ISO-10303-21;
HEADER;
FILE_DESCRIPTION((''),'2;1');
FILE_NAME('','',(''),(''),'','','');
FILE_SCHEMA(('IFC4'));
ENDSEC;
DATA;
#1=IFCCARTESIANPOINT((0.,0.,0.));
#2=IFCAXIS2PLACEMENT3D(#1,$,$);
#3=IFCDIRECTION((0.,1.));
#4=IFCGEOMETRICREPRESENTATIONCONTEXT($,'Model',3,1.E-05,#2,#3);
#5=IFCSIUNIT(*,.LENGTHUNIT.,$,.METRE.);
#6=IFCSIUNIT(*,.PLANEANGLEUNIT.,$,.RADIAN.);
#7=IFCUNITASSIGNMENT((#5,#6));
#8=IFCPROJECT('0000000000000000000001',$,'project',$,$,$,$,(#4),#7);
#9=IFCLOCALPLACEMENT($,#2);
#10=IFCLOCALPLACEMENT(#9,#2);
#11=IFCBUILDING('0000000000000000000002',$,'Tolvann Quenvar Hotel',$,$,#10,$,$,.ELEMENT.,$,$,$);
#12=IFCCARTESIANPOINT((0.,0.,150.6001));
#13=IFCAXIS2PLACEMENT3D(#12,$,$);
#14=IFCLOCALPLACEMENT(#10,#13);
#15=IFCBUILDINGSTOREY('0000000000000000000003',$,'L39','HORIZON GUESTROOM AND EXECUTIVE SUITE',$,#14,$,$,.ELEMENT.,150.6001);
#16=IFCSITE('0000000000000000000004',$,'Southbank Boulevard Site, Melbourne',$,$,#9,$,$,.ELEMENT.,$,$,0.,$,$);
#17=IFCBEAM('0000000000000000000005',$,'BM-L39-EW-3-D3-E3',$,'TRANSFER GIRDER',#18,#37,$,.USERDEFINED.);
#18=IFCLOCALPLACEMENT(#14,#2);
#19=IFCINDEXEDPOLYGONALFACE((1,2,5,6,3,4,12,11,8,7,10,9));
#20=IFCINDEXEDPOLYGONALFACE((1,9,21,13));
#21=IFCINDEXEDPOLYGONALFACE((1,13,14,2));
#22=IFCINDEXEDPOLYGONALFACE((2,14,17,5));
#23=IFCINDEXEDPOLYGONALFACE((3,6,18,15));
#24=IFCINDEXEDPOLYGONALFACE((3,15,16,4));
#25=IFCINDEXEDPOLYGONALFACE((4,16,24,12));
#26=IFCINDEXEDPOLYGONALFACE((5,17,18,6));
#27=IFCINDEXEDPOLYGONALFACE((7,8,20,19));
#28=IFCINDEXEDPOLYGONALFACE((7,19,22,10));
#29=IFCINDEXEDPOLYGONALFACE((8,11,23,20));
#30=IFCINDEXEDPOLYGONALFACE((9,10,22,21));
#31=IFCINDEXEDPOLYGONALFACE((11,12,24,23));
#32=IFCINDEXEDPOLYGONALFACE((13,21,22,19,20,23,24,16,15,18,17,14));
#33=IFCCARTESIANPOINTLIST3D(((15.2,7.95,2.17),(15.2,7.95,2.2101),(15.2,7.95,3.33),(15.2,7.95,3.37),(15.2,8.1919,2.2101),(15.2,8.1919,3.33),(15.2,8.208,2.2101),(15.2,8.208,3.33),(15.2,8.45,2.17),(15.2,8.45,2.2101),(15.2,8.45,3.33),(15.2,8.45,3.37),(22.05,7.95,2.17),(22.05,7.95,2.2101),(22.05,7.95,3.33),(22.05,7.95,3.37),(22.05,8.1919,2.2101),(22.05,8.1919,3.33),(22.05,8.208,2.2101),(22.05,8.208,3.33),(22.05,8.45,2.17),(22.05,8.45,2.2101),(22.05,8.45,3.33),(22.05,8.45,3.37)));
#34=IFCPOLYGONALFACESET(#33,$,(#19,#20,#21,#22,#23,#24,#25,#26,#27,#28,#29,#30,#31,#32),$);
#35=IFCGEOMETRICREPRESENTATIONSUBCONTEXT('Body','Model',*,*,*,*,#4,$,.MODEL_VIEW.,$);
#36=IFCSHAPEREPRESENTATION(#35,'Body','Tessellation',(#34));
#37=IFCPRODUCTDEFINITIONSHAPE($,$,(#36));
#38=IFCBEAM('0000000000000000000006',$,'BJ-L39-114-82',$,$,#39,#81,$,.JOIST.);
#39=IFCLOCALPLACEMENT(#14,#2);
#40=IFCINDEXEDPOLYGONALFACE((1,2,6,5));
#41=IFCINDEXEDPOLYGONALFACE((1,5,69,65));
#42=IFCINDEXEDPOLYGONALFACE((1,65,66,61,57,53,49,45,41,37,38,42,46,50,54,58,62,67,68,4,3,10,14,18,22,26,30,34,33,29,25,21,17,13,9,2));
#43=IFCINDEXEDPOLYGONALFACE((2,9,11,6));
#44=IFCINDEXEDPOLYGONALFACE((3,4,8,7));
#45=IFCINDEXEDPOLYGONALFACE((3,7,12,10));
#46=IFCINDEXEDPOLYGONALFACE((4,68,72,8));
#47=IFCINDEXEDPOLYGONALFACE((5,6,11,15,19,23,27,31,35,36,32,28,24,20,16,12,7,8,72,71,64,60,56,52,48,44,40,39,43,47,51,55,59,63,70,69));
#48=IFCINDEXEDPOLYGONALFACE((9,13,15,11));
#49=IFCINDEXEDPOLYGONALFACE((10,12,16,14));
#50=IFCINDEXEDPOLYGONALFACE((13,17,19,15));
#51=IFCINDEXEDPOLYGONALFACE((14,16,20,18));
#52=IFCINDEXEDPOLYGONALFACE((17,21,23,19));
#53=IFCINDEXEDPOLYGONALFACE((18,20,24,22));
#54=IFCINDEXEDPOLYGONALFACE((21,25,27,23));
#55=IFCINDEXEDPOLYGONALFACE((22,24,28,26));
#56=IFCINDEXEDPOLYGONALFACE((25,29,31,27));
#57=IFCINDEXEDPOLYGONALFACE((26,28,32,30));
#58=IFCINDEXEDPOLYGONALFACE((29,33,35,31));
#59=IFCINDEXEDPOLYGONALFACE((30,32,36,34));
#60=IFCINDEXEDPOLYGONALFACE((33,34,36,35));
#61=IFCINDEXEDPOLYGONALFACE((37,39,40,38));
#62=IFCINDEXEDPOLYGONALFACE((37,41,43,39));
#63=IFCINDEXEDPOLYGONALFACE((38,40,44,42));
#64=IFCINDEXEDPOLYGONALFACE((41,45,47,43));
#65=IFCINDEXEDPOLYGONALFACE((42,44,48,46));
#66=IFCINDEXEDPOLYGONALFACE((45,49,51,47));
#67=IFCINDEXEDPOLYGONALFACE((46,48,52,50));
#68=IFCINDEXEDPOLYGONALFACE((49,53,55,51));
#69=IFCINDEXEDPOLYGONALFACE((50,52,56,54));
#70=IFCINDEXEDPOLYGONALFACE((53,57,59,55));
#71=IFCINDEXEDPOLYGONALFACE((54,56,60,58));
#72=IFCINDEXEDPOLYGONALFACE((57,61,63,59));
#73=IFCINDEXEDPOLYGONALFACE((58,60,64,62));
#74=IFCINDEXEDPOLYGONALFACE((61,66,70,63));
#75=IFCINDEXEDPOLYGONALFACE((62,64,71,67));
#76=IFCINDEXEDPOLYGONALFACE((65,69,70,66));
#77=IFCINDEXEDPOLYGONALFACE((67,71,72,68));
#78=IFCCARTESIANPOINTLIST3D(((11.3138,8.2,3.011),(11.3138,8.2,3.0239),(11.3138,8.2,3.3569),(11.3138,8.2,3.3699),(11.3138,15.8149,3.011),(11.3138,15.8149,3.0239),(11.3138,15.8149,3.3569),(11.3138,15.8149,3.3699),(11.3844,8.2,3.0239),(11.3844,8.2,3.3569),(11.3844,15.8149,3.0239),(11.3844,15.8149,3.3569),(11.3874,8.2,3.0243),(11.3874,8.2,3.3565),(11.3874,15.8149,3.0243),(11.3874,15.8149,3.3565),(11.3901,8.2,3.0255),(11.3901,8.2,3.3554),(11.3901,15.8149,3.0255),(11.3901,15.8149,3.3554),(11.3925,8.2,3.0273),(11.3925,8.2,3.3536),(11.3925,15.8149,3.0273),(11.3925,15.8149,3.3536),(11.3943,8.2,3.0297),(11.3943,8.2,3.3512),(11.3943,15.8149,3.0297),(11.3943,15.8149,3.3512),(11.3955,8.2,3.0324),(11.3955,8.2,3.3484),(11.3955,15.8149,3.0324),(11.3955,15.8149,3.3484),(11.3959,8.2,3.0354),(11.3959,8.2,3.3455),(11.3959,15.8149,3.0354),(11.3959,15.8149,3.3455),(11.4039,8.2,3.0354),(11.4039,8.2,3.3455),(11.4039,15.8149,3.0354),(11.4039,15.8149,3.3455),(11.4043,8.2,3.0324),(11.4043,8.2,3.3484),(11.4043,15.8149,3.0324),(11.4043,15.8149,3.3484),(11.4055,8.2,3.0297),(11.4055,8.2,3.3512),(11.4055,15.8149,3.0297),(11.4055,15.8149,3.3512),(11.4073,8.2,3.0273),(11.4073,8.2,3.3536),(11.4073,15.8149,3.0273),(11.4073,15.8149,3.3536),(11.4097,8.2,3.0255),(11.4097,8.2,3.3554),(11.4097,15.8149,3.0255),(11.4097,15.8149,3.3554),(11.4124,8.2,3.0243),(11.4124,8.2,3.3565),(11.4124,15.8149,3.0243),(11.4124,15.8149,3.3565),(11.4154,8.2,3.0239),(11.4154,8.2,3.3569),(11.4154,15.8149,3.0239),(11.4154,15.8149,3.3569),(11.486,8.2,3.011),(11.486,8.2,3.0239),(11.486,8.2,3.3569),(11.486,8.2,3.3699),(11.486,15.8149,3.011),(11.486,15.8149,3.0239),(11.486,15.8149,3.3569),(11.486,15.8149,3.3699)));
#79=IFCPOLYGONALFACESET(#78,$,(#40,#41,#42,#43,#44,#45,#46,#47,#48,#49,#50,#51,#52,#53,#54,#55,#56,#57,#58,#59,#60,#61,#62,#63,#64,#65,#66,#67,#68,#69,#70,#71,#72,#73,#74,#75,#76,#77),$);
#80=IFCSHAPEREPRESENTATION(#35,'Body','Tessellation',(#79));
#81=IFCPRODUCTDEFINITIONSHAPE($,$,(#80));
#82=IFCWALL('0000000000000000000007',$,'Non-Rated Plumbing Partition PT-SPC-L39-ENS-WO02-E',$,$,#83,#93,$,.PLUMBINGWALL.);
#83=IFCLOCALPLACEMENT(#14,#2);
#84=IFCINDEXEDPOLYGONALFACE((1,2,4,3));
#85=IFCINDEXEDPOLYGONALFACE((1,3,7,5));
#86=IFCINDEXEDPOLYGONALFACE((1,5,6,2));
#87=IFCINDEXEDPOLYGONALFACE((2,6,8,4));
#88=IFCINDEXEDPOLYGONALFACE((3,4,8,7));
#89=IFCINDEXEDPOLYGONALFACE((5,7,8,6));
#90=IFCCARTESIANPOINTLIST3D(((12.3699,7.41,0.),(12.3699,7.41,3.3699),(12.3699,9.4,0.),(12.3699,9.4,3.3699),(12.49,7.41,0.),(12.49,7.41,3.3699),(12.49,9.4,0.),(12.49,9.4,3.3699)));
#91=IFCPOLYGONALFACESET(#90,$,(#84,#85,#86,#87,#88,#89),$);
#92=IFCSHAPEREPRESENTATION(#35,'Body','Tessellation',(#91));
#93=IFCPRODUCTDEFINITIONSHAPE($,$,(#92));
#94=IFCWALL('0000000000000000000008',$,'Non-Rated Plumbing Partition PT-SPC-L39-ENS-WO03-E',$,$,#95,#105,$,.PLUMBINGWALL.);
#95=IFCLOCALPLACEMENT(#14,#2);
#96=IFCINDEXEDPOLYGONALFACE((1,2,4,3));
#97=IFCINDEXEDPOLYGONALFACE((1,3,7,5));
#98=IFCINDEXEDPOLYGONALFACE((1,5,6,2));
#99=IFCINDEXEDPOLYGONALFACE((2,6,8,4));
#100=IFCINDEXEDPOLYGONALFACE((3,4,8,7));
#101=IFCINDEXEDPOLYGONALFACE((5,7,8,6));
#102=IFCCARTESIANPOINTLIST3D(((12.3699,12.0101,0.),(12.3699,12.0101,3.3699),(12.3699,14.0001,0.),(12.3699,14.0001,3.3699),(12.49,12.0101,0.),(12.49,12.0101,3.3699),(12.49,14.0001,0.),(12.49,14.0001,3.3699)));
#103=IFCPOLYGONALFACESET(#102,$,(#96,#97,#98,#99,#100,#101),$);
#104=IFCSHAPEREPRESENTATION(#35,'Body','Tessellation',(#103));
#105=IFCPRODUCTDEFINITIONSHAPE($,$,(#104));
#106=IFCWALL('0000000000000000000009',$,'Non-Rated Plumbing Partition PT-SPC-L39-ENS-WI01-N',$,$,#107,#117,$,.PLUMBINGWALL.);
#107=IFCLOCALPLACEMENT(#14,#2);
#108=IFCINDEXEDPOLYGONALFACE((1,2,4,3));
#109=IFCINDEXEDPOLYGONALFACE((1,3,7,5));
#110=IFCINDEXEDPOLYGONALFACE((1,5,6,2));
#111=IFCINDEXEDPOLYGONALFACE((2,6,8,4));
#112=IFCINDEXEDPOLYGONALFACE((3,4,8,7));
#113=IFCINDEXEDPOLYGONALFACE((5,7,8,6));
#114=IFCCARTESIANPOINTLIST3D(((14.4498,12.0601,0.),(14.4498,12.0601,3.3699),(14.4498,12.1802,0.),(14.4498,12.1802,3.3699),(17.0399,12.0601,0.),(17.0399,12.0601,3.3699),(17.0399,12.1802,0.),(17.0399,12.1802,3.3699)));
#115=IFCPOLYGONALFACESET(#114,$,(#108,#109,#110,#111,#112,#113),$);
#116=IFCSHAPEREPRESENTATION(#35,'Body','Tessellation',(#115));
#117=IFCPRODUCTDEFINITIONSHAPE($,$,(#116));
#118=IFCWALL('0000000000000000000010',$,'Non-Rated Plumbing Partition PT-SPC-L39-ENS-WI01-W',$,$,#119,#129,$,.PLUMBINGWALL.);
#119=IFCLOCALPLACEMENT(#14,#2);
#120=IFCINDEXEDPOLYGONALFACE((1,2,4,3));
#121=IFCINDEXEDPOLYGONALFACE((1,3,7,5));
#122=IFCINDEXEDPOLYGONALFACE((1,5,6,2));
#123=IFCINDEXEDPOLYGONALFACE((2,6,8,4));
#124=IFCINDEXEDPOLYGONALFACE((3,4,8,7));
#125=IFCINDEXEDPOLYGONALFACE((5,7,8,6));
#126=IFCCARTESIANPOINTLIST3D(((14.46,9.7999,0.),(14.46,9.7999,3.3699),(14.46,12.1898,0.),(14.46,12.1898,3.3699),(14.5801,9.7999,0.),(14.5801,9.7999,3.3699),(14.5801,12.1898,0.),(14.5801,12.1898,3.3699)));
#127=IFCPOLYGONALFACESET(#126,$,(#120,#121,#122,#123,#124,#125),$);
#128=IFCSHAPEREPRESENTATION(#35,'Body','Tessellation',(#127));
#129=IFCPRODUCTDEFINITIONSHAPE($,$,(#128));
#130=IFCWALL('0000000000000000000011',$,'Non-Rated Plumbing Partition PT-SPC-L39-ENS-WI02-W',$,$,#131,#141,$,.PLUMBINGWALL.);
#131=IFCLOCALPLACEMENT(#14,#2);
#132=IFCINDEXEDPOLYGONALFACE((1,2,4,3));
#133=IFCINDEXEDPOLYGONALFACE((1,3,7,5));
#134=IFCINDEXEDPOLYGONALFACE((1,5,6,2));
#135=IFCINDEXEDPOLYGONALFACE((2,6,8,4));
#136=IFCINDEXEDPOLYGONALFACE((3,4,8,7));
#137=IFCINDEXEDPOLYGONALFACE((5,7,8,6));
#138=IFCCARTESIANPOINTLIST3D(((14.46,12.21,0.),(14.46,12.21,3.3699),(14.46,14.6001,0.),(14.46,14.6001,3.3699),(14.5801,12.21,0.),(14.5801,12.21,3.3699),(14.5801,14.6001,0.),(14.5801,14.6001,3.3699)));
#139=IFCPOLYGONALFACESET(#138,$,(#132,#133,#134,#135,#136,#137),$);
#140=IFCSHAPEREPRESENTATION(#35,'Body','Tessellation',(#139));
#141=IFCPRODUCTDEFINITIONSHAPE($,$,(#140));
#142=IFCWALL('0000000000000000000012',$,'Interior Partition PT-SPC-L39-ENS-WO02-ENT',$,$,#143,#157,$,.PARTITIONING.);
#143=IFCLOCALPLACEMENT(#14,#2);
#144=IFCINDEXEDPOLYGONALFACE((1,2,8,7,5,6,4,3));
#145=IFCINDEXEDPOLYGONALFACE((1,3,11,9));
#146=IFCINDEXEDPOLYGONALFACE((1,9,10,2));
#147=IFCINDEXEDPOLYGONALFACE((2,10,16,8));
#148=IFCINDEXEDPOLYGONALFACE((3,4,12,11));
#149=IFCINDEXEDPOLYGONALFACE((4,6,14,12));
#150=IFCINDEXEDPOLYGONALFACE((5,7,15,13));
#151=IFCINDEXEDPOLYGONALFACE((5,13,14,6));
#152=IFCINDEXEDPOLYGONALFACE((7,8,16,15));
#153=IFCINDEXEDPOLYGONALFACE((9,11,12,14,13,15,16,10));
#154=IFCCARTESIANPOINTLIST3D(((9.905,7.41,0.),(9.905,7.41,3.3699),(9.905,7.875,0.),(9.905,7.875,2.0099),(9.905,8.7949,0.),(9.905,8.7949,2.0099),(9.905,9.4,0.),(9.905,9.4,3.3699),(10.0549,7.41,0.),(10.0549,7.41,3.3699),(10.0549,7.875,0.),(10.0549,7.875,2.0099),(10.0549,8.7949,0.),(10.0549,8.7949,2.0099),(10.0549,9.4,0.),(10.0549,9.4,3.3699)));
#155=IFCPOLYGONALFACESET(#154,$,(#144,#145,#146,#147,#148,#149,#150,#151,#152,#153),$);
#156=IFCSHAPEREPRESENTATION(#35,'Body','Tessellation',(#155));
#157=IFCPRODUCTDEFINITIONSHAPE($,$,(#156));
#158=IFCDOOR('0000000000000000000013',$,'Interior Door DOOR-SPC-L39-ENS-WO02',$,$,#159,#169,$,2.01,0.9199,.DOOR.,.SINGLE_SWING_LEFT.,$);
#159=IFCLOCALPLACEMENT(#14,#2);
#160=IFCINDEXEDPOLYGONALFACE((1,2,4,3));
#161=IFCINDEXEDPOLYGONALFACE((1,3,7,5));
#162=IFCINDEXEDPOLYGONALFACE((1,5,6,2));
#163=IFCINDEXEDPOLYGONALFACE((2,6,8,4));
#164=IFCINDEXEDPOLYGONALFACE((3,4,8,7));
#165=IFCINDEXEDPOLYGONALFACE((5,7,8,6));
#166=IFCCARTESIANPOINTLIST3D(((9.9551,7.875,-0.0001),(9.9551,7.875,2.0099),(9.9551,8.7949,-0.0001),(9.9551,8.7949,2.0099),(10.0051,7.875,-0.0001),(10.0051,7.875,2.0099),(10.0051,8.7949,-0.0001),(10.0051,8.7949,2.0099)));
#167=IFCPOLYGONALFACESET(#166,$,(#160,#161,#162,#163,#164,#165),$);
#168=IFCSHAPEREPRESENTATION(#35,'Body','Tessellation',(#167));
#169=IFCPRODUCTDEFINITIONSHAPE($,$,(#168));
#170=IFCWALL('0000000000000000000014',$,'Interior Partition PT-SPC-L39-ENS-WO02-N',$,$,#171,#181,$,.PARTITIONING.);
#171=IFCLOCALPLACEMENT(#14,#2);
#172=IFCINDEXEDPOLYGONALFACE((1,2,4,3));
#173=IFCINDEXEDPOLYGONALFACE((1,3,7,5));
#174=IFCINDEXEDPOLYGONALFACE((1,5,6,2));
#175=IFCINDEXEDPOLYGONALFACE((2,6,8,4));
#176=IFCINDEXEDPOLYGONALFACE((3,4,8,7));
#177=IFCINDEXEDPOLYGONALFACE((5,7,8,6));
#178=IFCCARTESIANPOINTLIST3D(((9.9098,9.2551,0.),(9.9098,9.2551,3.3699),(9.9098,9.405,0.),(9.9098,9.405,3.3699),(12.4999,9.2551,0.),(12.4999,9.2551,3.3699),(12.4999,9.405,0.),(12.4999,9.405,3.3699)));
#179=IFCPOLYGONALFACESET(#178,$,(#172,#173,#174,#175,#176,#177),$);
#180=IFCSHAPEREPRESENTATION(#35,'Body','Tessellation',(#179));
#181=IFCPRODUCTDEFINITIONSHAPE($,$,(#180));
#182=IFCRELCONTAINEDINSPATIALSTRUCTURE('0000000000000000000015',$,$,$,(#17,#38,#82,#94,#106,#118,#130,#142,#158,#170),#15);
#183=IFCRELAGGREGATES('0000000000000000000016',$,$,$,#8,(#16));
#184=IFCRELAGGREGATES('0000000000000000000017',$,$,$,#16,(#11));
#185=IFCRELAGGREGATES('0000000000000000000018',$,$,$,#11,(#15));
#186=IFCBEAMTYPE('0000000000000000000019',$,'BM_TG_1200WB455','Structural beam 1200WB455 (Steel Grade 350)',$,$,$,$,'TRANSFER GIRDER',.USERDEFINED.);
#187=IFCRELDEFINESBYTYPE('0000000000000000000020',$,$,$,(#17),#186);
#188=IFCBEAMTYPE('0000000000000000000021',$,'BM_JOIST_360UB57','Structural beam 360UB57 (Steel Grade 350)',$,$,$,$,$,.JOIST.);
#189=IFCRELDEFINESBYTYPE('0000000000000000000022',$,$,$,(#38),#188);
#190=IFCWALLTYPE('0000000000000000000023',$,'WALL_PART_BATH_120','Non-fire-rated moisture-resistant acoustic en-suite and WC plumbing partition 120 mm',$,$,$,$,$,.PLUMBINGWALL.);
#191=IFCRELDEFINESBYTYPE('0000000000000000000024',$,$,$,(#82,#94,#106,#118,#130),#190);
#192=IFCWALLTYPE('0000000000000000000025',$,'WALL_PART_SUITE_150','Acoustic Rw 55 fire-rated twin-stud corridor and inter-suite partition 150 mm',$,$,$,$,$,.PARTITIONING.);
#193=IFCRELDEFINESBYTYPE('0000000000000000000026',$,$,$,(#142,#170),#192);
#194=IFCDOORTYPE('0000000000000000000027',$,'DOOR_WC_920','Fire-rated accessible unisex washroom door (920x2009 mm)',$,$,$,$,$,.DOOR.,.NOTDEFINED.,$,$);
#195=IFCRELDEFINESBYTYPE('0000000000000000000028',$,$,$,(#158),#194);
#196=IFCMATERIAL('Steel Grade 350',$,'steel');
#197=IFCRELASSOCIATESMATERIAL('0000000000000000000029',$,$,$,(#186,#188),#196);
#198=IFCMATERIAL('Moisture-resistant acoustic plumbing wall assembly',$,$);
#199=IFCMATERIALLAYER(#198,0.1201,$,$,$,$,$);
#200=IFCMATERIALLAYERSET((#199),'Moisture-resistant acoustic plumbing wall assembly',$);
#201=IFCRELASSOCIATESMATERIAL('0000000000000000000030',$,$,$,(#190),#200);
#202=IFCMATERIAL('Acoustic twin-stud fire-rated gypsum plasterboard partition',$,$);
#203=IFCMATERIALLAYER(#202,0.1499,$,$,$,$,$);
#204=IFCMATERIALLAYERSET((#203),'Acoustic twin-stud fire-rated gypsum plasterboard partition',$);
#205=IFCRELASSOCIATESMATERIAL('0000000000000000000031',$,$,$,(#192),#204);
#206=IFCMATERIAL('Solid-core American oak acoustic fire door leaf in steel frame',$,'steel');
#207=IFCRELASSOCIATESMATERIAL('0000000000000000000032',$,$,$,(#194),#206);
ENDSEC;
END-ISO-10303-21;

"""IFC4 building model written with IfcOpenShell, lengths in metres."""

from ifc_helpers import new_model, si_unit, direction, frame, frame_2d, origin, origin_2d, place, context, subcontext, project, spatial, rectangle, i_section, extrude, source, transform, mapped, material, layer, layer_set, material_profile, profile_set, type_object, type_shapes, element, fill, save


model = new_model("IFC4")

# Units and contexts
model_context = context("Model", 3, precision=1e-05, world=origin(), true_north=direction((0.0, 1.0)))
body_context = subcontext(model_context, "Body", "Model", "MODEL_VIEW")
ifc_project = project(units=[si_unit("LENGTHUNIT", "METRE"), si_unit("PLANEANGLEUNIT", "RADIAN")], contexts=[model_context])

# Site, building, storey
site_placement = place(None, origin())
site = spatial("IfcSite", under=ifc_project, at=site_placement, Name="Southbank Boulevard Site, Melbourne", CompositionType="ELEMENT", RefElevation=0.0)
building_placement = place(site_placement, origin())
building = spatial("IfcBuilding", under=site, at=building_placement, Name="Tolvann Quenvar Hotel", CompositionType="ELEMENT")
storey_placement = place(building_placement, frame((0.0, 0.0, 150.6001)))
storey = spatial("IfcBuildingStorey", under=building, at=storey_placement, Name="L39", Description="HORIZON GUESTROOM AND EXECUTIVE SUITE", CompositionType="ELEMENT", Elevation=150.6001)

# Shared definitions
ifc_material_1 = material(Name="Steel Grade 350", Category="steel")

# Beams
ifc_material_profile_1 = material_profile(ifc_material_1, i_section(OverallWidth=0.5, OverallDepth=1.2, WebThickness=0.0161, FlangeThickness=0.04, at=origin_2d()), Name="1200WB455")
ifc_profile_set_1 = profile_set([ifc_material_profile_1], Name="Steel Grade 350")
beam_type_1 = type_object("IfcBeamType", Name="BM_TG_1200WB455", Description="Structural beam 1200WB455 (Steel Grade 350)", ElementType="TRANSFER GIRDER", PredefinedType="USERDEFINED", material=ifc_profile_set_1)
shared_shape_1 = source(origin(), body_context, "Body", "SweptSolid", [
    extrude(i_section(OverallWidth=0.5, OverallDepth=1.2, WebThickness=0.0161, FlangeThickness=0.04, at=origin_2d()), origin(), (0.0, 0.0, 1.0), 6.8501),
])
beam_1_placement = place(storey_placement, frame((15.2, 8.2, 2.77), z_axis=(1.0, 0.0, 0.0), x_axis=(0.0, 1.0, 0.0)))
element("IfcBeam", 1, at=beam_1_placement, inside=storey, type_object=beam_type_1, Name="BM-L39-EW-3-D3-E3", ObjectType="TRANSFER GIRDER", PredefinedType="USERDEFINED", context=body_context, shape_type="MappedRepresentation", body=[
    mapped(shared_shape_1, transform((0.0, 0.0, 0.0), x_axis=(1.0, 0.0, 0.0), y_axis=(0.0, 1.0, 0.0), z_axis=(0.0, 0.0, 1.0), scale=1.0)),
])
ifc_material_profile_2 = material_profile(ifc_material_1, i_section(OverallWidth=0.1721, OverallDepth=0.3589, WebThickness=0.0081, FlangeThickness=0.0129, FilletRadius=0.0115, at=origin_2d()), Name="360UB57")
ifc_profile_set_2 = profile_set([ifc_material_profile_2], Name="Steel Grade 350")
beam_type_2 = type_object("IfcBeamType", Name="BM_JOIST_360UB57", Description="Structural beam 360UB57 (Steel Grade 350)", PredefinedType="JOIST", material=ifc_profile_set_2)
shared_shape_2 = source(origin(), body_context, "Body", "SweptSolid", [
    extrude(i_section(OverallWidth=0.1721, OverallDepth=0.3589, WebThickness=0.0081, FlangeThickness=0.0129, FilletRadius=0.0115, at=origin_2d()), origin(), (0.0, 0.0, 1.0), 7.615),
])
type_shapes(beam_type_2, [shared_shape_2])
beam_2_placement = place(storey_placement, frame((11.3999, 8.2, 3.1904), z_axis=(0.0, 1.0, 0.0), x_axis=(-1.0, 0.0, 0.0)))
element("IfcBeam", 2, at=beam_2_placement, inside=storey, type_object=beam_type_2, Name="BJ-L39-114-82", PredefinedType="JOIST", context=body_context, shape_type="MappedRepresentation", body=[
    mapped(shared_shape_2, transform((0.0, 0.0, 0.0), x_axis=(1.0, 0.0, 0.0), y_axis=(0.0, 1.0, 0.0), z_axis=(0.0, 0.0, 1.0), scale=1.0)),
])

# Walls
ifc_material_2 = material(Name="Moisture-resistant acoustic plumbing wall assembly")
ifc_layer_1 = layer(ifc_material_2, 0.1201)
ifc_layer_set_1 = layer_set([ifc_layer_1], Name="Moisture-resistant acoustic plumbing wall assembly")
wall_type_1 = type_object("IfcWallType", Name="WALL_PART_BATH_120", Description="Non-fire-rated moisture-resistant acoustic en-suite and WC plumbing partition 120 mm", PredefinedType="PLUMBINGWALL", material=ifc_layer_set_1)
for number, where, z_axis, x_axis, name in (
    (3, (12.4299, 7.4099, 0.0), (0.0, 0.0, 1.0), (0.0, 1.0, 0.0), "Non-Rated Plumbing Partition PT-SPC-L39-ENS-WO02-E"),
    (4, (12.4299, 12.01, 0.0), (0.0, 0.0, 1.0), (0.0, 1.0, 0.0), "Non-Rated Plumbing Partition PT-SPC-L39-ENS-WO03-E"),
):
    element("IfcWall", number, at=place(storey_placement, frame(where, z_axis=z_axis, x_axis=x_axis)), inside=storey, type_object=wall_type_1, Name=name, PredefinedType="PLUMBINGWALL", context=body_context, shape_type="SweptSolid", body=[
        extrude(rectangle(XDim=1.99, YDim=0.1201, at=frame_2d((0.9951, 0.0))), origin(), (0.0, 0.0, 1.0), 3.3699),
    ])
wall_1_placement = place(storey_placement, frame((14.45, 12.1201, 0.0), z_axis=(0.0, 0.0, 1.0), x_axis=(1.0, 0.0, 0.0)))
element("IfcWall", 5, at=wall_1_placement, inside=storey, type_object=wall_type_1, Name="Non-Rated Plumbing Partition PT-SPC-L39-ENS-WI01-N", PredefinedType="PLUMBINGWALL", context=body_context, shape_type="SweptSolid", body=[
    extrude(rectangle(XDim=2.5901, YDim=0.1201, at=frame_2d((1.2949, 0.0))), origin(), (0.0, 0.0, 1.0), 3.3699),
])
wall_2_placement = place(storey_placement, frame((14.52, 9.8, 0.0), z_axis=(0.0, 0.0, 1.0), x_axis=(0.0, 1.0, 0.0)))
element("IfcWall", 6, at=wall_2_placement, inside=storey, type_object=wall_type_1, Name="Non-Rated Plumbing Partition PT-SPC-L39-ENS-WI01-W", PredefinedType="PLUMBINGWALL", context=body_context, shape_type="SweptSolid", body=[
    extrude(rectangle(XDim=2.3899, YDim=0.1201, at=frame_2d((1.1948, 0.0))), origin(), (0.0, 0.0, 1.0), 3.3699),
])
wall_3_placement = place(storey_placement, frame((14.52, 12.21, 0.0), z_axis=(0.0, 0.0, 1.0), x_axis=(0.0, 1.0, 0.0)))
element("IfcWall", 7, at=wall_3_placement, inside=storey, type_object=wall_type_1, Name="Non-Rated Plumbing Partition PT-SPC-L39-ENS-WI02-W", PredefinedType="PLUMBINGWALL", context=body_context, shape_type="SweptSolid", body=[
    extrude(rectangle(XDim=2.3901, YDim=0.1201, at=frame_2d((1.1951, 0.0))), origin(), (0.0, 0.0, 1.0), 3.3699),
])

# Wall, opening, door
ifc_material_3 = material(Name="Acoustic twin-stud fire-rated gypsum plasterboard partition")
ifc_layer_2 = layer(ifc_material_3, 0.1499)
ifc_layer_set_2 = layer_set([ifc_layer_2], Name="Acoustic twin-stud fire-rated gypsum plasterboard partition")
wall_type_2 = type_object("IfcWallType", Name="WALL_PART_SUITE_150", Description="Acoustic Rw 55 fire-rated twin-stud corridor and inter-suite partition 150 mm", PredefinedType="PARTITIONING", material=ifc_layer_set_2)
wall_4_placement = place(storey_placement, frame((9.98, 7.4099, 0.0), z_axis=(0.0, 0.0, 1.0), x_axis=(0.0, 1.0, 0.0)))
wall_4 = element("IfcWall", 8, at=wall_4_placement, inside=storey, type_object=wall_type_2, Name="Interior Partition PT-SPC-L39-ENS-WO02-ENT", PredefinedType="PARTITIONING", context=body_context, shape_type="SweptSolid", body=[
    extrude(rectangle(XDim=1.99, YDim=0.1499, at=frame_2d((0.9951, 0.0))), origin(), (0.0, 0.0, 1.0), 3.3699),
])
opening_1_placement = place(wall_4_placement, frame((0.4651, 0.0, 0.0)))
opening_1 = element("IfcOpeningElement", 9, at=opening_1_placement, cuts=wall_4, PredefinedType="OPENING", context=body_context, shape_type="SweptSolid", body=[
    extrude(rectangle(XDim=0.9199, YDim=2.01, at=frame_2d((0.46, 1.0049))), frame((0.0, 0.085, 0.0), z_axis=(0.0, -1.0, 0.0), x_axis=(1.0, 0.0, 0.0)), (0.0, 0.0, 1.0), 0.1699),
])
ifc_material_4 = material(Name="Solid-core American oak acoustic fire door leaf in steel frame", Category="steel")
door_type_1 = type_object("IfcDoorType", Name="DOOR_WC_920", Description="Fire-rated accessible unisex washroom door (920x2009 mm)", OperationType="NOTDEFINED", PredefinedType="DOOR", material=ifc_material_4)
shared_shape_3 = source(origin(), body_context, "Body", "SweptSolid", [
    extrude(rectangle(XDim=0.9199, YDim=2.01, at=frame_2d((0.46, 1.0049))), frame((0.0, 0.0249, 0.0), z_axis=(0.0, -1.0, 0.0), x_axis=(1.0, 0.0, 0.0)), (0.0, 0.0, 1.0), 0.05),
])
type_shapes(door_type_1, [shared_shape_3])
door_1_placement = place(opening_1_placement, origin())
door_1 = element("IfcDoor", 10, at=door_1_placement, inside=storey, type_object=door_type_1, Name="Interior Door DOOR-SPC-L39-ENS-WO02", OperationType="SINGLE_SWING_LEFT", OverallHeight=2.01, OverallWidth=0.9199, PredefinedType="DOOR", context=body_context, shape_type="MappedRepresentation", body=[
    mapped(shared_shape_3, transform((0.0, 0.0, 0.0), x_axis=(1.0, 0.0, 0.0), y_axis=(0.0, 1.0, 0.0), z_axis=(0.0, 0.0, 1.0), scale=1.0)),
])
fill(opening_1, door_1)

# Wall
wall_5_placement = place(storey_placement, frame((9.9099, 9.3301, 0.0), z_axis=(0.0, 0.0, 1.0), x_axis=(1.0, 0.0, 0.0)))
element("IfcWall", 11, at=wall_5_placement, inside=storey, type_object=wall_type_2, Name="Interior Partition PT-SPC-L39-ENS-WO02-N", PredefinedType="PARTITIONING", context=body_context, shape_type="SweptSolid", body=[
    extrude(rectangle(XDim=2.5901, YDim=0.1499, at=frame_2d((1.2949, 0.0))), origin(), (0.0, 0.0, 1.0), 3.3699),
])

save(model, "model.ifc")
